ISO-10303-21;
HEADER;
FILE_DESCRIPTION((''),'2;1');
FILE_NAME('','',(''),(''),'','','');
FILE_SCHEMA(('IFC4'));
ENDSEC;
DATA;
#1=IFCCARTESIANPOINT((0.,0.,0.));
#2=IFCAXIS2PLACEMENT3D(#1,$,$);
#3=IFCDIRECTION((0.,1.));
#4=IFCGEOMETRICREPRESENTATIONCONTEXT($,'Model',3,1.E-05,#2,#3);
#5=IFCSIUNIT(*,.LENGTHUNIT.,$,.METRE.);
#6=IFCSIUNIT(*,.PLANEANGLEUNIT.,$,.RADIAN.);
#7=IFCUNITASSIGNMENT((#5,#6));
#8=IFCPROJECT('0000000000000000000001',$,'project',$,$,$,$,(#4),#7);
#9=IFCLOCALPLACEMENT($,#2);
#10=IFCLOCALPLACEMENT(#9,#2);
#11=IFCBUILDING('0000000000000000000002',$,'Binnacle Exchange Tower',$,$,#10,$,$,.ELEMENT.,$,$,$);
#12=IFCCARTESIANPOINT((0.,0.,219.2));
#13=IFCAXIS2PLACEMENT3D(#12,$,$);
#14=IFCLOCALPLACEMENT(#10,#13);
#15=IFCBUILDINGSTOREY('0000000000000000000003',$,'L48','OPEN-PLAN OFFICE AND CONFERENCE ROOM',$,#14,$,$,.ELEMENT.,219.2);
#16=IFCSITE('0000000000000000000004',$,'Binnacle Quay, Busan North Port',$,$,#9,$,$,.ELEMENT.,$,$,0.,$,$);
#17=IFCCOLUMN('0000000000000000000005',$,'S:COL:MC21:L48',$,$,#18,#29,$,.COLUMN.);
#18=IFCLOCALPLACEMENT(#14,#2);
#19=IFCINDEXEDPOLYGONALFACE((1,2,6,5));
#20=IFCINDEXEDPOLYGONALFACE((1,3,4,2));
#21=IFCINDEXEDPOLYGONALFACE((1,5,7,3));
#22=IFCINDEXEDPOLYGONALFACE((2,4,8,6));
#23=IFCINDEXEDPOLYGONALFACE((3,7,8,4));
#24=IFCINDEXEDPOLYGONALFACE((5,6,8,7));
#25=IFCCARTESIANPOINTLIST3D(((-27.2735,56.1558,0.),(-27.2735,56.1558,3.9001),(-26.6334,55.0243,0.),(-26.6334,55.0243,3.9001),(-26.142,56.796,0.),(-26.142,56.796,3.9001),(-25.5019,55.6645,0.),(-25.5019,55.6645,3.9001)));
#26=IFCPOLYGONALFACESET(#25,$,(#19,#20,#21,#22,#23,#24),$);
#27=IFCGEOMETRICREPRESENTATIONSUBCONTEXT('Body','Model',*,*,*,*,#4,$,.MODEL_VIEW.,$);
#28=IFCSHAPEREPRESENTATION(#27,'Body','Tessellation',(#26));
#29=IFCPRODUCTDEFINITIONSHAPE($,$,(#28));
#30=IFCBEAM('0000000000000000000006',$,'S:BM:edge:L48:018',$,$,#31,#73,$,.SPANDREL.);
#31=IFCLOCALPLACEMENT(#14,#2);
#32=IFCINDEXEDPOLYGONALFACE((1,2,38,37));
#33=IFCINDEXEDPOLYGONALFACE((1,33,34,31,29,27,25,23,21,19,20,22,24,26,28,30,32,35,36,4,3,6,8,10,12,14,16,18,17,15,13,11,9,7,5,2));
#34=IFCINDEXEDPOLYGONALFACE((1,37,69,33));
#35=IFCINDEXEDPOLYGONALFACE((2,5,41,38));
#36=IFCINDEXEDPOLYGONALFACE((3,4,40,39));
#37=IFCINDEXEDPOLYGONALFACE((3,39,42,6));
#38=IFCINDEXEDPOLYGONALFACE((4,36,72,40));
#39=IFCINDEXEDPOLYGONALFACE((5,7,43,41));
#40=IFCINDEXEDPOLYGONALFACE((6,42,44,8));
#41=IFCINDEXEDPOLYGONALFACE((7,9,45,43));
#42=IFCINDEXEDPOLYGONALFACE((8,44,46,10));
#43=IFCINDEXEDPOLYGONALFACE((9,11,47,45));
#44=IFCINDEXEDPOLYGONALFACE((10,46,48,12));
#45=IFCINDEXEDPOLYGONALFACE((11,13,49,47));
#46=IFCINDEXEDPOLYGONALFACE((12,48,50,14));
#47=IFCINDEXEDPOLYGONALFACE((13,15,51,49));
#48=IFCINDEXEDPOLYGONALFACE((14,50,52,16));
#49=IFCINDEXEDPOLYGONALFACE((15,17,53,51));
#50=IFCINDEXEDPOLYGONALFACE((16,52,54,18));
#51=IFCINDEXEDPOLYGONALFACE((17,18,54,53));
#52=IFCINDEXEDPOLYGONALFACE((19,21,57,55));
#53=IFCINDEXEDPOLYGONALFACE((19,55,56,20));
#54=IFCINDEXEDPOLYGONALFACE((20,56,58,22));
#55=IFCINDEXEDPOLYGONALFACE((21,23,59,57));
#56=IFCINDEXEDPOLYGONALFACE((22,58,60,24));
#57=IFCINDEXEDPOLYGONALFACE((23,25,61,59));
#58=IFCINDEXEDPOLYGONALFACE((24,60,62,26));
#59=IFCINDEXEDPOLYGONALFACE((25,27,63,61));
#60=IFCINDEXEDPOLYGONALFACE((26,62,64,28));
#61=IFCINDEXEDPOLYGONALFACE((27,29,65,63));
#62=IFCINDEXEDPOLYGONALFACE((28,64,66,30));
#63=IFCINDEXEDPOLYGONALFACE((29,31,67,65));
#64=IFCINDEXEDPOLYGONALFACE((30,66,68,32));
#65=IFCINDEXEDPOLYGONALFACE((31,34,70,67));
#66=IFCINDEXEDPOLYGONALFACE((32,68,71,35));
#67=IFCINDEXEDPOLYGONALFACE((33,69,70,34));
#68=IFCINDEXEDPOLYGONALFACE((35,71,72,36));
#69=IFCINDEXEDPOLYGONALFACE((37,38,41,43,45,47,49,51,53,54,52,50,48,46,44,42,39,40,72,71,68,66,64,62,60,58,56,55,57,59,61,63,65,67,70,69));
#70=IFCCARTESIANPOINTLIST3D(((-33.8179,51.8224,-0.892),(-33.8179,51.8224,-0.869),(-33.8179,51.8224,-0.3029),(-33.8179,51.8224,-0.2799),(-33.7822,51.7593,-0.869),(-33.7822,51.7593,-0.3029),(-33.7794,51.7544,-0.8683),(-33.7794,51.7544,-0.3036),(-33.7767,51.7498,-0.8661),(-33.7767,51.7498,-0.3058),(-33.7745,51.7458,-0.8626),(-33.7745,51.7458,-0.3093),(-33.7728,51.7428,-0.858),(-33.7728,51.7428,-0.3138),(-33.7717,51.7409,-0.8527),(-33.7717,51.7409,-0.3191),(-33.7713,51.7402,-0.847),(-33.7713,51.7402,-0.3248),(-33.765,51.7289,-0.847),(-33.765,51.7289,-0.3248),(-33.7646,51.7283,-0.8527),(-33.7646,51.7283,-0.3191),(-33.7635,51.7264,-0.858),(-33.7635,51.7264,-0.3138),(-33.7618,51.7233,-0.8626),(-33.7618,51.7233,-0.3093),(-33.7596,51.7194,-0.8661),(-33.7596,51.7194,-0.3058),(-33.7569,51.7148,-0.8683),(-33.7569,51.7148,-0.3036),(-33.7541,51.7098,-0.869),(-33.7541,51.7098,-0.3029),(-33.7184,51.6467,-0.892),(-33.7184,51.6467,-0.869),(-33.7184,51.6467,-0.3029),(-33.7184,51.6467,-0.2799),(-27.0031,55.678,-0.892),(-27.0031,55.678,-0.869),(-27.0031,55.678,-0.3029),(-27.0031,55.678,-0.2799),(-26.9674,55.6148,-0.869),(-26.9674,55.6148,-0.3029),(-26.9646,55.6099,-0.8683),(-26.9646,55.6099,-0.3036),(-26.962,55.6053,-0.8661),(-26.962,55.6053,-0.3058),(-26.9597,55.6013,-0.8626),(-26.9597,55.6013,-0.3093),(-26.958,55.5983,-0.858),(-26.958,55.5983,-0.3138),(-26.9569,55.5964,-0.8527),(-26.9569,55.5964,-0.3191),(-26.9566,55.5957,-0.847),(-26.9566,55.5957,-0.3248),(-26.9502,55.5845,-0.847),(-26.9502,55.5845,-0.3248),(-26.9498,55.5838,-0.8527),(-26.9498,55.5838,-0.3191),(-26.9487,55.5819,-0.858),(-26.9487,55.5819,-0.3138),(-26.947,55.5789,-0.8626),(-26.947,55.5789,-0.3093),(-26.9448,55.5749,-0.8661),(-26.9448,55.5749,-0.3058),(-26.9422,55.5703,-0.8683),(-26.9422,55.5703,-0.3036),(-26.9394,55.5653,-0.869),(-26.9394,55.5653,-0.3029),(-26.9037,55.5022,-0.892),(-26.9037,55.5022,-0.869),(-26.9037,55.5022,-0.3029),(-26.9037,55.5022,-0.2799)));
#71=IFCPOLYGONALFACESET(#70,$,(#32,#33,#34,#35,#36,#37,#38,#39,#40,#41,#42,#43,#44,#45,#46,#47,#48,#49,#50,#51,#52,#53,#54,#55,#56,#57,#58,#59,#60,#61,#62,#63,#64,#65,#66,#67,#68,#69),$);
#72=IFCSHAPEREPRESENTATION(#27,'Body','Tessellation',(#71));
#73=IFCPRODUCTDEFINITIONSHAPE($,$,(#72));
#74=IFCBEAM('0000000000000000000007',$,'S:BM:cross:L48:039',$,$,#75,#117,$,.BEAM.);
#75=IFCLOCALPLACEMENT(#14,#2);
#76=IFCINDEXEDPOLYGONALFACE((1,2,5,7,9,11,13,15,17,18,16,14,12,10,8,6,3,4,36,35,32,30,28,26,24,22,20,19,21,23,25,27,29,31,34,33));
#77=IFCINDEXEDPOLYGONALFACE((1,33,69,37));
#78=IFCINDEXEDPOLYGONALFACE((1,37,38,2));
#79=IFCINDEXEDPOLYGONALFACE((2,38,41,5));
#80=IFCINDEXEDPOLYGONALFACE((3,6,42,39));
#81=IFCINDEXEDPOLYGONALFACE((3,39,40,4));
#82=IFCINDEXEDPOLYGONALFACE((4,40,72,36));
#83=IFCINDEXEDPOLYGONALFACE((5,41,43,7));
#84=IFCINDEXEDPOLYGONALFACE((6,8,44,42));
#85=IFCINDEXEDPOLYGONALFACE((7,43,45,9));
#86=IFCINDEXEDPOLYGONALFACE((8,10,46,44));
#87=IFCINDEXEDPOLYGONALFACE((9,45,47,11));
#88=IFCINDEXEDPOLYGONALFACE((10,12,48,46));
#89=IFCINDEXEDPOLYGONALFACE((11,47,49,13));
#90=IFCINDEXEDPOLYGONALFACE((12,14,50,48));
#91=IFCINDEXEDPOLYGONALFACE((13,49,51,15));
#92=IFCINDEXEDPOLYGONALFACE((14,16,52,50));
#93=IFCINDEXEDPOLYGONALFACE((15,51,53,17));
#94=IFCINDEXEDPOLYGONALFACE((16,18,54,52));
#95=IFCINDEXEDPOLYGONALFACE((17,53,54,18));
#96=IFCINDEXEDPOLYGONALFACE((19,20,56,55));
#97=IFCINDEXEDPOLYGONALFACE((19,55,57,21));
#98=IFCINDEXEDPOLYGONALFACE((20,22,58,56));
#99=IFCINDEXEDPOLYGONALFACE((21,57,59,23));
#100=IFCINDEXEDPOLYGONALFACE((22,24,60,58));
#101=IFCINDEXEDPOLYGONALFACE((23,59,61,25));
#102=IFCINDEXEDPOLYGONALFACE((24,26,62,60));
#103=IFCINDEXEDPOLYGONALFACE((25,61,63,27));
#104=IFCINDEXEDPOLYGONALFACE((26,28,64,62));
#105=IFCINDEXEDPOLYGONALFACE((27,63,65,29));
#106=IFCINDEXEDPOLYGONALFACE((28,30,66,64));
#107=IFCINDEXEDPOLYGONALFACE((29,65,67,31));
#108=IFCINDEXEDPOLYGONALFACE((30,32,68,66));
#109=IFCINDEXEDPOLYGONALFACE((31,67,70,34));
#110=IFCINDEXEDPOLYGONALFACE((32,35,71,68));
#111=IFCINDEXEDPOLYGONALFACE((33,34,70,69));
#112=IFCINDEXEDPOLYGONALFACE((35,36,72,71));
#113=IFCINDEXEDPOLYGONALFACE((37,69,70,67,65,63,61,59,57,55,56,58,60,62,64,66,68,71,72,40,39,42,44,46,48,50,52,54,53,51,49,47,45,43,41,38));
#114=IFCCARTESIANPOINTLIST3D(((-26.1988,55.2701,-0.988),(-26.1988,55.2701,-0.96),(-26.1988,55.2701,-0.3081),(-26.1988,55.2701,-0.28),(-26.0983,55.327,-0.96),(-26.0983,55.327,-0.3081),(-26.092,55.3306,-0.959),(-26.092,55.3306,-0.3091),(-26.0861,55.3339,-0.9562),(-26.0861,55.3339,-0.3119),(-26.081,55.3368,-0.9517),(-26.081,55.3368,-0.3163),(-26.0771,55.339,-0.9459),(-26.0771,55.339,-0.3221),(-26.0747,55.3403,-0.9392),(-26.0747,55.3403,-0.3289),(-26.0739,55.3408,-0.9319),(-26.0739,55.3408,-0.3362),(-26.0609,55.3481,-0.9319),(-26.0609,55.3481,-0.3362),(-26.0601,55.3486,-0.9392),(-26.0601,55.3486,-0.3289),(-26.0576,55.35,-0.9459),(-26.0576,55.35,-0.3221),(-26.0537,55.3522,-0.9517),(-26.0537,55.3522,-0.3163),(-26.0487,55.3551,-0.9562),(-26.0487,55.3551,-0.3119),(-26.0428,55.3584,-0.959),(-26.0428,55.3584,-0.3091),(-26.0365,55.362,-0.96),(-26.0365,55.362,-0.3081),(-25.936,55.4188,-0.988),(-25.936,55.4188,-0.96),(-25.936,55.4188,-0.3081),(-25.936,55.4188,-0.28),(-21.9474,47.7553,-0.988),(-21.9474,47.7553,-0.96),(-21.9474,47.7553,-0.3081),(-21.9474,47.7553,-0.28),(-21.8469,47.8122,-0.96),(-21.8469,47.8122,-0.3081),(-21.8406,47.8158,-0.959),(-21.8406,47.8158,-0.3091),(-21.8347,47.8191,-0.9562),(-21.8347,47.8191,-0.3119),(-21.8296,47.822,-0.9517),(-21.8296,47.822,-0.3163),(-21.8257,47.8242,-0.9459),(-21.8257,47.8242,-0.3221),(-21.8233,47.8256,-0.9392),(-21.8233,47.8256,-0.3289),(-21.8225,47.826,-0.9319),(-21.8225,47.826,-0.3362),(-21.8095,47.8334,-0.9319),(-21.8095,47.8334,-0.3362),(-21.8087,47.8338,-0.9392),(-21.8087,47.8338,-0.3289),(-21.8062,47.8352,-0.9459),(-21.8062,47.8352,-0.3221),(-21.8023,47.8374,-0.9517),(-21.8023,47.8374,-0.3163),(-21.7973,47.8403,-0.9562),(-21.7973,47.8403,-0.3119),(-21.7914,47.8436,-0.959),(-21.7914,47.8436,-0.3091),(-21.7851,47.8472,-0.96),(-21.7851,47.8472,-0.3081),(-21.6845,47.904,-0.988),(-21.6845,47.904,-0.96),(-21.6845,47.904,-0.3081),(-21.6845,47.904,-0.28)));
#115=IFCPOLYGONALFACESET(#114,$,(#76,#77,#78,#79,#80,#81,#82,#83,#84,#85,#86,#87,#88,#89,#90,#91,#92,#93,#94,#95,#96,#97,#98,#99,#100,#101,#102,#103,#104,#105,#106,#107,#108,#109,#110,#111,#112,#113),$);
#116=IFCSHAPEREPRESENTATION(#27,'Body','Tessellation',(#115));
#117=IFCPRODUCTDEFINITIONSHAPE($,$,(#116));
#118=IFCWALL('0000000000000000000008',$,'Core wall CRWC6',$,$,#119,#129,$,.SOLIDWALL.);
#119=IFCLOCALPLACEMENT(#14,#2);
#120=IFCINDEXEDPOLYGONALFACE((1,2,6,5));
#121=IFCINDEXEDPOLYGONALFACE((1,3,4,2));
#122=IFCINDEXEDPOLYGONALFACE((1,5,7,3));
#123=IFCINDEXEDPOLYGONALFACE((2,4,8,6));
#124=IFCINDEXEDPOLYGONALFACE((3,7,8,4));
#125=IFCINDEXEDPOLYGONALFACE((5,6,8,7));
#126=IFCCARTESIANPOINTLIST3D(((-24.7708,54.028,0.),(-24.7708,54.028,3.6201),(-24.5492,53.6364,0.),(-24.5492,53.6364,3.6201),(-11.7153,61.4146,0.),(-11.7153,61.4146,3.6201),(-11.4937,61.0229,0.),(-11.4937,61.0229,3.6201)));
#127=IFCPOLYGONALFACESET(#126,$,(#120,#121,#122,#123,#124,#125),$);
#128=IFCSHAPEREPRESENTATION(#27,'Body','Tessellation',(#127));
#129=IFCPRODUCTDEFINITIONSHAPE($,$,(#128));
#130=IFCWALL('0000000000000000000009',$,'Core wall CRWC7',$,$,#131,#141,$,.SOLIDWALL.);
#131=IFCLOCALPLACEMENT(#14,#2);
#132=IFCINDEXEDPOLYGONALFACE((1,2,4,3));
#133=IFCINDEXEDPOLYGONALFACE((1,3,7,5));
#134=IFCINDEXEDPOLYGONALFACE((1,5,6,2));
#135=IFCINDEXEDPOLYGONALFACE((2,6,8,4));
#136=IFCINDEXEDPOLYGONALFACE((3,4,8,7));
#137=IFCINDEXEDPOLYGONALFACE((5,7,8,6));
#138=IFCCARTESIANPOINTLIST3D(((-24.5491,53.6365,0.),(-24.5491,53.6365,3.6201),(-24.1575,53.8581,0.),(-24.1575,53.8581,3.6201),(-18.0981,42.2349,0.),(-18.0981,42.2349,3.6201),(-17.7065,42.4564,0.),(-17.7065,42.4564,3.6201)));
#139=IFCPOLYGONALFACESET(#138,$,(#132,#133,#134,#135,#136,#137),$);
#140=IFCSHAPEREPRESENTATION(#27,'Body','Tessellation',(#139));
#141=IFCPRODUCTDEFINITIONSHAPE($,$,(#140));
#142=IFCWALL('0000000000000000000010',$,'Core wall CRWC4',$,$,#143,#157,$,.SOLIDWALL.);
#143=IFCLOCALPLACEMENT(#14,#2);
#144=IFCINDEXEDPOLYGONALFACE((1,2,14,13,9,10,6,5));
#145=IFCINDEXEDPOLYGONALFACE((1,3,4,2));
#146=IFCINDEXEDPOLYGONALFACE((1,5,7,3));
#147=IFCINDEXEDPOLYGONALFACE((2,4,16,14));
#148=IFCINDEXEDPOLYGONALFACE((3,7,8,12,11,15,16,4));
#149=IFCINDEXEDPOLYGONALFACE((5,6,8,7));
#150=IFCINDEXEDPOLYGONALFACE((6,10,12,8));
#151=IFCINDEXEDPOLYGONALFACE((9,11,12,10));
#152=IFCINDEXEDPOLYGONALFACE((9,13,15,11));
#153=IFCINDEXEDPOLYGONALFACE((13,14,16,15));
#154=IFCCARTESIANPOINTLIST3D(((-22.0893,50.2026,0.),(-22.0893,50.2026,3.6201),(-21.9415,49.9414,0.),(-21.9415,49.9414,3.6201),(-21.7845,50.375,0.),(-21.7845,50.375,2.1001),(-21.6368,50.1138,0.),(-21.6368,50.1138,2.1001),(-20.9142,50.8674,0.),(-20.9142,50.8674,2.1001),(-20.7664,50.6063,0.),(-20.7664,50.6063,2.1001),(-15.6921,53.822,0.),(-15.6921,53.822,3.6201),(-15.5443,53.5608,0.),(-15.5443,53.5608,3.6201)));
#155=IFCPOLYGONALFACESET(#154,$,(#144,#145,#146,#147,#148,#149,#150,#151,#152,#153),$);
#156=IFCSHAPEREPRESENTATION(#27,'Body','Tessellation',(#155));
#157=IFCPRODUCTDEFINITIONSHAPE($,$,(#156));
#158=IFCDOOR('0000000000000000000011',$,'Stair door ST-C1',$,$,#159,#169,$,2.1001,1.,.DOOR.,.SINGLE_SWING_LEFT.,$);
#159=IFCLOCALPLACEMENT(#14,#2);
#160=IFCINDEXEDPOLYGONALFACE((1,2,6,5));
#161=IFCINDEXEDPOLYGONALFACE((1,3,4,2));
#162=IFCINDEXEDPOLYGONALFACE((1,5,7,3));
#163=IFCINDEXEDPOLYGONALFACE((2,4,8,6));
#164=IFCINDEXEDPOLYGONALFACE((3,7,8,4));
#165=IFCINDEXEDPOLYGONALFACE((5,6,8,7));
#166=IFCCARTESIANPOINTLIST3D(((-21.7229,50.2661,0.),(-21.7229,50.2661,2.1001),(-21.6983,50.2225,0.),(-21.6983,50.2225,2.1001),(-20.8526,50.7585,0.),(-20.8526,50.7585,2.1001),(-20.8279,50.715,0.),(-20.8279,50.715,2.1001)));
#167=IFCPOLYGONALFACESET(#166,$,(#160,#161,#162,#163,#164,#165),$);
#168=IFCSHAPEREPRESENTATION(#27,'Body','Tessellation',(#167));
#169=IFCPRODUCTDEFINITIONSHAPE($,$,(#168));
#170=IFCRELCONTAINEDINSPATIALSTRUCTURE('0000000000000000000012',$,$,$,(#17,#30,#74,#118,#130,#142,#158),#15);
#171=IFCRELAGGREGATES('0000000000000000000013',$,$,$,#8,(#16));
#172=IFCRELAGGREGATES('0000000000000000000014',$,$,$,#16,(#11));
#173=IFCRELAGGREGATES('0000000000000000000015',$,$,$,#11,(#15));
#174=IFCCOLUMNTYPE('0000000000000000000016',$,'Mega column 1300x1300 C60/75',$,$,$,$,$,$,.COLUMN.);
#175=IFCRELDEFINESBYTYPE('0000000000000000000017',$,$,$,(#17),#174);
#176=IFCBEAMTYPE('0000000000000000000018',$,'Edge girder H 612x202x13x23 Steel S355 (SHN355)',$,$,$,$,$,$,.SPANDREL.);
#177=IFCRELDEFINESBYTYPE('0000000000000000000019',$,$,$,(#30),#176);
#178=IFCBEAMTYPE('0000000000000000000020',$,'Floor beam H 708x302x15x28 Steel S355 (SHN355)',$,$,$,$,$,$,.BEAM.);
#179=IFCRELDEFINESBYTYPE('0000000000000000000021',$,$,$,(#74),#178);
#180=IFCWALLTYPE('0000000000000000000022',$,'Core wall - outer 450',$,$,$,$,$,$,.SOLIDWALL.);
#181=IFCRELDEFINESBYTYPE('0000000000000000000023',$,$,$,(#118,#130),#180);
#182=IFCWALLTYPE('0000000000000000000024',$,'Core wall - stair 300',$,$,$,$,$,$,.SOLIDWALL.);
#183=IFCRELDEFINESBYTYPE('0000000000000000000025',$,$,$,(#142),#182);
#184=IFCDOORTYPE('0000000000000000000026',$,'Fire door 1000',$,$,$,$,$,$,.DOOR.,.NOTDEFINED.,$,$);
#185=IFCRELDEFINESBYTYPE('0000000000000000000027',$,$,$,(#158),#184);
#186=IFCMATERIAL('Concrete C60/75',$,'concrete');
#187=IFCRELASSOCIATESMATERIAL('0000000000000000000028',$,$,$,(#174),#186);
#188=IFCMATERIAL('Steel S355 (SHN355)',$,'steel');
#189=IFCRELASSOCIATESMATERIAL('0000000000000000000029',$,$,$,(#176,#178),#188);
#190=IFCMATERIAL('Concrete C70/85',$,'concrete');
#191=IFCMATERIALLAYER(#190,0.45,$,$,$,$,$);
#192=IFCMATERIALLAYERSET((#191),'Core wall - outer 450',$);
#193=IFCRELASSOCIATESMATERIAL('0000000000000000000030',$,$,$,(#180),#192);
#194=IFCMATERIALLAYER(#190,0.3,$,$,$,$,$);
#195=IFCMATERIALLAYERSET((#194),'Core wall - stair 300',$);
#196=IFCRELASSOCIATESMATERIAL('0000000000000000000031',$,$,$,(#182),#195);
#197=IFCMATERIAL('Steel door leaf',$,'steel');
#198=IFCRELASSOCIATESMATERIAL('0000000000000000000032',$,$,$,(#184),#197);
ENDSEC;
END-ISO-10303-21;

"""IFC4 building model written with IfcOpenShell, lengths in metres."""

from ifc_helpers import new_model, si_unit, direction, frame, frame_2d, origin, origin_2d, place, context, subcontext, project, spatial, rectangle, i_section, extrude, material, layer, layer_set, material_profile, profile_set, type_object, element, fill, save


model = new_model("IFC4")

# Units and contexts
model_context = context("Model", 3, precision=1e-05, world=origin(), true_north=direction((0.0, 1.0)))
body_context = subcontext(model_context, "Body", "Model", "MODEL_VIEW")
ifc_project = project(units=[si_unit("LENGTHUNIT", "METRE"), si_unit("PLANEANGLEUNIT", "RADIAN")], contexts=[model_context])

# Site, building, storey
site_placement = place(None, origin())
site = spatial("IfcSite", under=ifc_project, at=site_placement, Name="Binnacle Quay, Busan North Port", CompositionType="ELEMENT", RefElevation=0.0)
building_placement = place(site_placement, origin())
building = spatial("IfcBuilding", under=site, at=building_placement, Name="Binnacle Exchange Tower", CompositionType="ELEMENT")
storey_placement = place(building_placement, frame((0.0, 0.0, 219.2)))
storey = spatial("IfcBuildingStorey", under=building, at=storey_placement, Name="L48", Description="OPEN-PLAN OFFICE AND CONFERENCE ROOM", CompositionType="ELEMENT", Elevation=219.2)

# Column
ifc_material_1 = material(Name="Concrete C60/75", Category="concrete")
ifc_material_profile_1 = material_profile(ifc_material_1, rectangle(XDim=1.3, YDim=1.3, at=origin_2d()), Name="Mega column 1300x1300 C60/75")
ifc_profile_set_1 = profile_set([ifc_material_profile_1], Name="Concrete C60/75")
column_type = type_object("IfcColumnType", Name="Mega column 1300x1300 C60/75", PredefinedType="COLUMN", material=ifc_profile_set_1)
column_placement = place(storey_placement, frame((-26.3877, 55.9102, 0.0), z_axis=(0.0, 0.0, 1.0), x_axis=(-0.870356, -0.492424, 0.0)))
element("IfcColumn", 1, at=column_placement, inside=storey, type_object=column_type, Name="S:COL:MC21:L48", PredefinedType="COLUMN", context=body_context, shape_type="SweptSolid", body=[
    extrude(rectangle(XDim=1.3, YDim=1.3, at=origin_2d()), origin(), (0.0, 0.0, 1.0), 3.9001),
])

# Beams
ifc_material_2 = material(Name="Steel S355 (SHN355)", Category="steel")
ifc_material_profile_2 = material_profile(ifc_material_2, i_section(OverallWidth=0.2019, OverallDepth=0.6121, WebThickness=0.0129, FlangeThickness=0.0229, FilletRadius=0.022, at=origin_2d()), Name="H 612x202x13x23")
ifc_profile_set_2 = profile_set([ifc_material_profile_2], Name="Steel S355 (SHN355)")
beam_type_1 = type_object("IfcBeamType", Name="Edge girder H 612x202x13x23 Steel S355 (SHN355)", PredefinedType="SPANDREL", material=ifc_profile_set_2)
beam_1_placement = place(storey_placement, frame((-26.9534, 55.5901, -0.5859), z_axis=(-0.870361, -0.492414, 0.0), x_axis=(0.492414, -0.870361, 0.0)))
element("IfcBeam", 2, at=beam_1_placement, inside=storey, type_object=beam_type_1, Name="S:BM:edge:L48:018", PredefinedType="SPANDREL", context=body_context, shape_type="SweptSolid", body=[
    extrude(i_section(OverallWidth=0.2019, OverallDepth=0.6121, WebThickness=0.0129, FlangeThickness=0.0229, FilletRadius=0.022, at=origin_2d()), origin(), (0.0, 0.0, 1.0), 7.8298),
])
ifc_material_profile_3 = material_profile(ifc_material_2, i_section(OverallWidth=0.302, OverallDepth=0.708, WebThickness=0.0149, FlangeThickness=0.0281, FilletRadius=0.0281, at=origin_2d()), Name="H 708x302x15x28")
ifc_profile_set_3 = profile_set([ifc_material_profile_3], Name="Steel S355 (SHN355)")
beam_type_2 = type_object("IfcBeamType", Name="Floor beam H 708x302x15x28 Steel S355 (SHN355)", PredefinedType="BEAM", material=ifc_profile_set_3)
beam_2_placement = place(storey_placement, frame((-26.0674, 55.3445, -0.634), z_axis=(0.492401, -0.870368, 0.0), x_axis=(0.870368, 0.492401, 0.0)))
element("IfcBeam", 3, at=beam_2_placement, inside=storey, type_object=beam_type_2, Name="S:BM:cross:L48:039", PredefinedType="BEAM", context=body_context, shape_type="SweptSolid", body=[
    extrude(i_section(OverallWidth=0.302, OverallDepth=0.708, WebThickness=0.0149, FlangeThickness=0.0281, FilletRadius=0.0281, at=origin_2d()), origin(), (0.0, 0.0, 1.0), 8.634),
])

# Walls
ifc_material_3 = material(Name="Concrete C70/85", Category="concrete")
ifc_layer_1 = layer(ifc_material_3, 0.45)
ifc_layer_set_1 = layer_set([ifc_layer_1], Name="Core wall - outer 450")
wall_type_1 = type_object("IfcWallType", Name="Core wall - outer 450", PredefinedType="SOLIDWALL", material=ifc_layer_set_1)
wall_1_placement = place(storey_placement, frame((-24.6599, 53.8323, 0.0), z_axis=(0.0, 0.0, 1.0), x_axis=(0.870354, 0.492427, 0.0)))
element("IfcWall", 4, at=wall_1_placement, inside=storey, type_object=wall_type_1, Name="Core wall CRWC6", PredefinedType="SOLIDWALL", context=body_context, shape_type="SweptSolid", body=[
    extrude(rectangle(XDim=15.0002, YDim=0.45, at=frame_2d((7.5, 0.0))), origin(), (0.0, 0.0, 1.0), 3.6201),
])
wall_2_placement = place(storey_placement, frame((-24.3533, 53.7473, 0.0), z_axis=(0.0, 0.0, 1.0), x_axis=(0.492435, -0.870349, 0.0)))
element("IfcWall", 5, at=wall_2_placement, inside=storey, type_object=wall_type_1, Name="Core wall CRWC7", PredefinedType="SOLIDWALL", context=body_context, shape_type="SweptSolid", body=[
    extrude(rectangle(XDim=13.1001, YDim=0.45, at=frame_2d((6.55, 0.0))), origin(), (0.0, 0.0, 1.0), 3.6201),
])

# Wall, opening, door
ifc_layer_2 = layer(ifc_material_3, 0.3)
ifc_layer_set_2 = layer_set([ifc_layer_2], Name="Core wall - stair 300")
wall_type_2 = type_object("IfcWallType", Name="Core wall - stair 300", PredefinedType="SOLIDWALL", material=ifc_layer_set_2)
wall_3_placement = place(storey_placement, frame((-22.0154, 50.072, 0.0), z_axis=(0.0, 0.0, 1.0), x_axis=(0.870355, 0.492425, 0.0)))
wall_3 = element("IfcWall", 6, at=wall_3_placement, inside=storey, type_object=wall_type_2, Name="Core wall CRWC4", PredefinedType="SOLIDWALL", context=body_context, shape_type="SweptSolid", body=[
    extrude(rectangle(XDim=7.3501, YDim=0.3, at=frame_2d((3.675, 0.0))), origin(), (0.0, 0.0, 1.0), 3.6201),
])
opening_1_placement = place(wall_3_placement, frame((0.3501, 0.0, 0.0)))
opening_1 = element("IfcOpeningElement", 7, at=opening_1_placement, cuts=wall_3, PredefinedType="OPENING", context=body_context, shape_type="SweptSolid", body=[
    extrude(rectangle(XDim=1.0, YDim=2.1001, at=frame_2d((0.5, 1.05))), frame((0.0, 0.1599, 0.0), z_axis=(0.0, -1.0, 0.0), x_axis=(1.0, 0.0, 0.0)), (0.0, 0.0, 1.0), 0.3201),
])
ifc_material_4 = material(Name="Steel door leaf", Category="steel")
door_type_1 = type_object("IfcDoorType", Name="Fire door 1000", OperationType="NOTDEFINED", PredefinedType="DOOR", material=ifc_material_4)
door_1_placement = place(opening_1_placement, origin())
door_1 = element("IfcDoor", 8, at=door_1_placement, inside=storey, type_object=door_type_1, Name="Stair door ST-C1", OperationType="SINGLE_SWING_LEFT", OverallHeight=2.1001, OverallWidth=1.0, PredefinedType="DOOR", context=body_context, shape_type="SweptSolid", body=[
    extrude(rectangle(XDim=1.0, YDim=2.1001, at=frame_2d((0.5, 1.05))), frame((0.0, 0.0249, 0.0), z_axis=(0.0, -1.0, 0.0), x_axis=(1.0, 0.0, 0.0)), (0.0, 0.0, 1.0), 0.05),
])
fill(opening_1, door_1)

save(model, "model.ifc")
